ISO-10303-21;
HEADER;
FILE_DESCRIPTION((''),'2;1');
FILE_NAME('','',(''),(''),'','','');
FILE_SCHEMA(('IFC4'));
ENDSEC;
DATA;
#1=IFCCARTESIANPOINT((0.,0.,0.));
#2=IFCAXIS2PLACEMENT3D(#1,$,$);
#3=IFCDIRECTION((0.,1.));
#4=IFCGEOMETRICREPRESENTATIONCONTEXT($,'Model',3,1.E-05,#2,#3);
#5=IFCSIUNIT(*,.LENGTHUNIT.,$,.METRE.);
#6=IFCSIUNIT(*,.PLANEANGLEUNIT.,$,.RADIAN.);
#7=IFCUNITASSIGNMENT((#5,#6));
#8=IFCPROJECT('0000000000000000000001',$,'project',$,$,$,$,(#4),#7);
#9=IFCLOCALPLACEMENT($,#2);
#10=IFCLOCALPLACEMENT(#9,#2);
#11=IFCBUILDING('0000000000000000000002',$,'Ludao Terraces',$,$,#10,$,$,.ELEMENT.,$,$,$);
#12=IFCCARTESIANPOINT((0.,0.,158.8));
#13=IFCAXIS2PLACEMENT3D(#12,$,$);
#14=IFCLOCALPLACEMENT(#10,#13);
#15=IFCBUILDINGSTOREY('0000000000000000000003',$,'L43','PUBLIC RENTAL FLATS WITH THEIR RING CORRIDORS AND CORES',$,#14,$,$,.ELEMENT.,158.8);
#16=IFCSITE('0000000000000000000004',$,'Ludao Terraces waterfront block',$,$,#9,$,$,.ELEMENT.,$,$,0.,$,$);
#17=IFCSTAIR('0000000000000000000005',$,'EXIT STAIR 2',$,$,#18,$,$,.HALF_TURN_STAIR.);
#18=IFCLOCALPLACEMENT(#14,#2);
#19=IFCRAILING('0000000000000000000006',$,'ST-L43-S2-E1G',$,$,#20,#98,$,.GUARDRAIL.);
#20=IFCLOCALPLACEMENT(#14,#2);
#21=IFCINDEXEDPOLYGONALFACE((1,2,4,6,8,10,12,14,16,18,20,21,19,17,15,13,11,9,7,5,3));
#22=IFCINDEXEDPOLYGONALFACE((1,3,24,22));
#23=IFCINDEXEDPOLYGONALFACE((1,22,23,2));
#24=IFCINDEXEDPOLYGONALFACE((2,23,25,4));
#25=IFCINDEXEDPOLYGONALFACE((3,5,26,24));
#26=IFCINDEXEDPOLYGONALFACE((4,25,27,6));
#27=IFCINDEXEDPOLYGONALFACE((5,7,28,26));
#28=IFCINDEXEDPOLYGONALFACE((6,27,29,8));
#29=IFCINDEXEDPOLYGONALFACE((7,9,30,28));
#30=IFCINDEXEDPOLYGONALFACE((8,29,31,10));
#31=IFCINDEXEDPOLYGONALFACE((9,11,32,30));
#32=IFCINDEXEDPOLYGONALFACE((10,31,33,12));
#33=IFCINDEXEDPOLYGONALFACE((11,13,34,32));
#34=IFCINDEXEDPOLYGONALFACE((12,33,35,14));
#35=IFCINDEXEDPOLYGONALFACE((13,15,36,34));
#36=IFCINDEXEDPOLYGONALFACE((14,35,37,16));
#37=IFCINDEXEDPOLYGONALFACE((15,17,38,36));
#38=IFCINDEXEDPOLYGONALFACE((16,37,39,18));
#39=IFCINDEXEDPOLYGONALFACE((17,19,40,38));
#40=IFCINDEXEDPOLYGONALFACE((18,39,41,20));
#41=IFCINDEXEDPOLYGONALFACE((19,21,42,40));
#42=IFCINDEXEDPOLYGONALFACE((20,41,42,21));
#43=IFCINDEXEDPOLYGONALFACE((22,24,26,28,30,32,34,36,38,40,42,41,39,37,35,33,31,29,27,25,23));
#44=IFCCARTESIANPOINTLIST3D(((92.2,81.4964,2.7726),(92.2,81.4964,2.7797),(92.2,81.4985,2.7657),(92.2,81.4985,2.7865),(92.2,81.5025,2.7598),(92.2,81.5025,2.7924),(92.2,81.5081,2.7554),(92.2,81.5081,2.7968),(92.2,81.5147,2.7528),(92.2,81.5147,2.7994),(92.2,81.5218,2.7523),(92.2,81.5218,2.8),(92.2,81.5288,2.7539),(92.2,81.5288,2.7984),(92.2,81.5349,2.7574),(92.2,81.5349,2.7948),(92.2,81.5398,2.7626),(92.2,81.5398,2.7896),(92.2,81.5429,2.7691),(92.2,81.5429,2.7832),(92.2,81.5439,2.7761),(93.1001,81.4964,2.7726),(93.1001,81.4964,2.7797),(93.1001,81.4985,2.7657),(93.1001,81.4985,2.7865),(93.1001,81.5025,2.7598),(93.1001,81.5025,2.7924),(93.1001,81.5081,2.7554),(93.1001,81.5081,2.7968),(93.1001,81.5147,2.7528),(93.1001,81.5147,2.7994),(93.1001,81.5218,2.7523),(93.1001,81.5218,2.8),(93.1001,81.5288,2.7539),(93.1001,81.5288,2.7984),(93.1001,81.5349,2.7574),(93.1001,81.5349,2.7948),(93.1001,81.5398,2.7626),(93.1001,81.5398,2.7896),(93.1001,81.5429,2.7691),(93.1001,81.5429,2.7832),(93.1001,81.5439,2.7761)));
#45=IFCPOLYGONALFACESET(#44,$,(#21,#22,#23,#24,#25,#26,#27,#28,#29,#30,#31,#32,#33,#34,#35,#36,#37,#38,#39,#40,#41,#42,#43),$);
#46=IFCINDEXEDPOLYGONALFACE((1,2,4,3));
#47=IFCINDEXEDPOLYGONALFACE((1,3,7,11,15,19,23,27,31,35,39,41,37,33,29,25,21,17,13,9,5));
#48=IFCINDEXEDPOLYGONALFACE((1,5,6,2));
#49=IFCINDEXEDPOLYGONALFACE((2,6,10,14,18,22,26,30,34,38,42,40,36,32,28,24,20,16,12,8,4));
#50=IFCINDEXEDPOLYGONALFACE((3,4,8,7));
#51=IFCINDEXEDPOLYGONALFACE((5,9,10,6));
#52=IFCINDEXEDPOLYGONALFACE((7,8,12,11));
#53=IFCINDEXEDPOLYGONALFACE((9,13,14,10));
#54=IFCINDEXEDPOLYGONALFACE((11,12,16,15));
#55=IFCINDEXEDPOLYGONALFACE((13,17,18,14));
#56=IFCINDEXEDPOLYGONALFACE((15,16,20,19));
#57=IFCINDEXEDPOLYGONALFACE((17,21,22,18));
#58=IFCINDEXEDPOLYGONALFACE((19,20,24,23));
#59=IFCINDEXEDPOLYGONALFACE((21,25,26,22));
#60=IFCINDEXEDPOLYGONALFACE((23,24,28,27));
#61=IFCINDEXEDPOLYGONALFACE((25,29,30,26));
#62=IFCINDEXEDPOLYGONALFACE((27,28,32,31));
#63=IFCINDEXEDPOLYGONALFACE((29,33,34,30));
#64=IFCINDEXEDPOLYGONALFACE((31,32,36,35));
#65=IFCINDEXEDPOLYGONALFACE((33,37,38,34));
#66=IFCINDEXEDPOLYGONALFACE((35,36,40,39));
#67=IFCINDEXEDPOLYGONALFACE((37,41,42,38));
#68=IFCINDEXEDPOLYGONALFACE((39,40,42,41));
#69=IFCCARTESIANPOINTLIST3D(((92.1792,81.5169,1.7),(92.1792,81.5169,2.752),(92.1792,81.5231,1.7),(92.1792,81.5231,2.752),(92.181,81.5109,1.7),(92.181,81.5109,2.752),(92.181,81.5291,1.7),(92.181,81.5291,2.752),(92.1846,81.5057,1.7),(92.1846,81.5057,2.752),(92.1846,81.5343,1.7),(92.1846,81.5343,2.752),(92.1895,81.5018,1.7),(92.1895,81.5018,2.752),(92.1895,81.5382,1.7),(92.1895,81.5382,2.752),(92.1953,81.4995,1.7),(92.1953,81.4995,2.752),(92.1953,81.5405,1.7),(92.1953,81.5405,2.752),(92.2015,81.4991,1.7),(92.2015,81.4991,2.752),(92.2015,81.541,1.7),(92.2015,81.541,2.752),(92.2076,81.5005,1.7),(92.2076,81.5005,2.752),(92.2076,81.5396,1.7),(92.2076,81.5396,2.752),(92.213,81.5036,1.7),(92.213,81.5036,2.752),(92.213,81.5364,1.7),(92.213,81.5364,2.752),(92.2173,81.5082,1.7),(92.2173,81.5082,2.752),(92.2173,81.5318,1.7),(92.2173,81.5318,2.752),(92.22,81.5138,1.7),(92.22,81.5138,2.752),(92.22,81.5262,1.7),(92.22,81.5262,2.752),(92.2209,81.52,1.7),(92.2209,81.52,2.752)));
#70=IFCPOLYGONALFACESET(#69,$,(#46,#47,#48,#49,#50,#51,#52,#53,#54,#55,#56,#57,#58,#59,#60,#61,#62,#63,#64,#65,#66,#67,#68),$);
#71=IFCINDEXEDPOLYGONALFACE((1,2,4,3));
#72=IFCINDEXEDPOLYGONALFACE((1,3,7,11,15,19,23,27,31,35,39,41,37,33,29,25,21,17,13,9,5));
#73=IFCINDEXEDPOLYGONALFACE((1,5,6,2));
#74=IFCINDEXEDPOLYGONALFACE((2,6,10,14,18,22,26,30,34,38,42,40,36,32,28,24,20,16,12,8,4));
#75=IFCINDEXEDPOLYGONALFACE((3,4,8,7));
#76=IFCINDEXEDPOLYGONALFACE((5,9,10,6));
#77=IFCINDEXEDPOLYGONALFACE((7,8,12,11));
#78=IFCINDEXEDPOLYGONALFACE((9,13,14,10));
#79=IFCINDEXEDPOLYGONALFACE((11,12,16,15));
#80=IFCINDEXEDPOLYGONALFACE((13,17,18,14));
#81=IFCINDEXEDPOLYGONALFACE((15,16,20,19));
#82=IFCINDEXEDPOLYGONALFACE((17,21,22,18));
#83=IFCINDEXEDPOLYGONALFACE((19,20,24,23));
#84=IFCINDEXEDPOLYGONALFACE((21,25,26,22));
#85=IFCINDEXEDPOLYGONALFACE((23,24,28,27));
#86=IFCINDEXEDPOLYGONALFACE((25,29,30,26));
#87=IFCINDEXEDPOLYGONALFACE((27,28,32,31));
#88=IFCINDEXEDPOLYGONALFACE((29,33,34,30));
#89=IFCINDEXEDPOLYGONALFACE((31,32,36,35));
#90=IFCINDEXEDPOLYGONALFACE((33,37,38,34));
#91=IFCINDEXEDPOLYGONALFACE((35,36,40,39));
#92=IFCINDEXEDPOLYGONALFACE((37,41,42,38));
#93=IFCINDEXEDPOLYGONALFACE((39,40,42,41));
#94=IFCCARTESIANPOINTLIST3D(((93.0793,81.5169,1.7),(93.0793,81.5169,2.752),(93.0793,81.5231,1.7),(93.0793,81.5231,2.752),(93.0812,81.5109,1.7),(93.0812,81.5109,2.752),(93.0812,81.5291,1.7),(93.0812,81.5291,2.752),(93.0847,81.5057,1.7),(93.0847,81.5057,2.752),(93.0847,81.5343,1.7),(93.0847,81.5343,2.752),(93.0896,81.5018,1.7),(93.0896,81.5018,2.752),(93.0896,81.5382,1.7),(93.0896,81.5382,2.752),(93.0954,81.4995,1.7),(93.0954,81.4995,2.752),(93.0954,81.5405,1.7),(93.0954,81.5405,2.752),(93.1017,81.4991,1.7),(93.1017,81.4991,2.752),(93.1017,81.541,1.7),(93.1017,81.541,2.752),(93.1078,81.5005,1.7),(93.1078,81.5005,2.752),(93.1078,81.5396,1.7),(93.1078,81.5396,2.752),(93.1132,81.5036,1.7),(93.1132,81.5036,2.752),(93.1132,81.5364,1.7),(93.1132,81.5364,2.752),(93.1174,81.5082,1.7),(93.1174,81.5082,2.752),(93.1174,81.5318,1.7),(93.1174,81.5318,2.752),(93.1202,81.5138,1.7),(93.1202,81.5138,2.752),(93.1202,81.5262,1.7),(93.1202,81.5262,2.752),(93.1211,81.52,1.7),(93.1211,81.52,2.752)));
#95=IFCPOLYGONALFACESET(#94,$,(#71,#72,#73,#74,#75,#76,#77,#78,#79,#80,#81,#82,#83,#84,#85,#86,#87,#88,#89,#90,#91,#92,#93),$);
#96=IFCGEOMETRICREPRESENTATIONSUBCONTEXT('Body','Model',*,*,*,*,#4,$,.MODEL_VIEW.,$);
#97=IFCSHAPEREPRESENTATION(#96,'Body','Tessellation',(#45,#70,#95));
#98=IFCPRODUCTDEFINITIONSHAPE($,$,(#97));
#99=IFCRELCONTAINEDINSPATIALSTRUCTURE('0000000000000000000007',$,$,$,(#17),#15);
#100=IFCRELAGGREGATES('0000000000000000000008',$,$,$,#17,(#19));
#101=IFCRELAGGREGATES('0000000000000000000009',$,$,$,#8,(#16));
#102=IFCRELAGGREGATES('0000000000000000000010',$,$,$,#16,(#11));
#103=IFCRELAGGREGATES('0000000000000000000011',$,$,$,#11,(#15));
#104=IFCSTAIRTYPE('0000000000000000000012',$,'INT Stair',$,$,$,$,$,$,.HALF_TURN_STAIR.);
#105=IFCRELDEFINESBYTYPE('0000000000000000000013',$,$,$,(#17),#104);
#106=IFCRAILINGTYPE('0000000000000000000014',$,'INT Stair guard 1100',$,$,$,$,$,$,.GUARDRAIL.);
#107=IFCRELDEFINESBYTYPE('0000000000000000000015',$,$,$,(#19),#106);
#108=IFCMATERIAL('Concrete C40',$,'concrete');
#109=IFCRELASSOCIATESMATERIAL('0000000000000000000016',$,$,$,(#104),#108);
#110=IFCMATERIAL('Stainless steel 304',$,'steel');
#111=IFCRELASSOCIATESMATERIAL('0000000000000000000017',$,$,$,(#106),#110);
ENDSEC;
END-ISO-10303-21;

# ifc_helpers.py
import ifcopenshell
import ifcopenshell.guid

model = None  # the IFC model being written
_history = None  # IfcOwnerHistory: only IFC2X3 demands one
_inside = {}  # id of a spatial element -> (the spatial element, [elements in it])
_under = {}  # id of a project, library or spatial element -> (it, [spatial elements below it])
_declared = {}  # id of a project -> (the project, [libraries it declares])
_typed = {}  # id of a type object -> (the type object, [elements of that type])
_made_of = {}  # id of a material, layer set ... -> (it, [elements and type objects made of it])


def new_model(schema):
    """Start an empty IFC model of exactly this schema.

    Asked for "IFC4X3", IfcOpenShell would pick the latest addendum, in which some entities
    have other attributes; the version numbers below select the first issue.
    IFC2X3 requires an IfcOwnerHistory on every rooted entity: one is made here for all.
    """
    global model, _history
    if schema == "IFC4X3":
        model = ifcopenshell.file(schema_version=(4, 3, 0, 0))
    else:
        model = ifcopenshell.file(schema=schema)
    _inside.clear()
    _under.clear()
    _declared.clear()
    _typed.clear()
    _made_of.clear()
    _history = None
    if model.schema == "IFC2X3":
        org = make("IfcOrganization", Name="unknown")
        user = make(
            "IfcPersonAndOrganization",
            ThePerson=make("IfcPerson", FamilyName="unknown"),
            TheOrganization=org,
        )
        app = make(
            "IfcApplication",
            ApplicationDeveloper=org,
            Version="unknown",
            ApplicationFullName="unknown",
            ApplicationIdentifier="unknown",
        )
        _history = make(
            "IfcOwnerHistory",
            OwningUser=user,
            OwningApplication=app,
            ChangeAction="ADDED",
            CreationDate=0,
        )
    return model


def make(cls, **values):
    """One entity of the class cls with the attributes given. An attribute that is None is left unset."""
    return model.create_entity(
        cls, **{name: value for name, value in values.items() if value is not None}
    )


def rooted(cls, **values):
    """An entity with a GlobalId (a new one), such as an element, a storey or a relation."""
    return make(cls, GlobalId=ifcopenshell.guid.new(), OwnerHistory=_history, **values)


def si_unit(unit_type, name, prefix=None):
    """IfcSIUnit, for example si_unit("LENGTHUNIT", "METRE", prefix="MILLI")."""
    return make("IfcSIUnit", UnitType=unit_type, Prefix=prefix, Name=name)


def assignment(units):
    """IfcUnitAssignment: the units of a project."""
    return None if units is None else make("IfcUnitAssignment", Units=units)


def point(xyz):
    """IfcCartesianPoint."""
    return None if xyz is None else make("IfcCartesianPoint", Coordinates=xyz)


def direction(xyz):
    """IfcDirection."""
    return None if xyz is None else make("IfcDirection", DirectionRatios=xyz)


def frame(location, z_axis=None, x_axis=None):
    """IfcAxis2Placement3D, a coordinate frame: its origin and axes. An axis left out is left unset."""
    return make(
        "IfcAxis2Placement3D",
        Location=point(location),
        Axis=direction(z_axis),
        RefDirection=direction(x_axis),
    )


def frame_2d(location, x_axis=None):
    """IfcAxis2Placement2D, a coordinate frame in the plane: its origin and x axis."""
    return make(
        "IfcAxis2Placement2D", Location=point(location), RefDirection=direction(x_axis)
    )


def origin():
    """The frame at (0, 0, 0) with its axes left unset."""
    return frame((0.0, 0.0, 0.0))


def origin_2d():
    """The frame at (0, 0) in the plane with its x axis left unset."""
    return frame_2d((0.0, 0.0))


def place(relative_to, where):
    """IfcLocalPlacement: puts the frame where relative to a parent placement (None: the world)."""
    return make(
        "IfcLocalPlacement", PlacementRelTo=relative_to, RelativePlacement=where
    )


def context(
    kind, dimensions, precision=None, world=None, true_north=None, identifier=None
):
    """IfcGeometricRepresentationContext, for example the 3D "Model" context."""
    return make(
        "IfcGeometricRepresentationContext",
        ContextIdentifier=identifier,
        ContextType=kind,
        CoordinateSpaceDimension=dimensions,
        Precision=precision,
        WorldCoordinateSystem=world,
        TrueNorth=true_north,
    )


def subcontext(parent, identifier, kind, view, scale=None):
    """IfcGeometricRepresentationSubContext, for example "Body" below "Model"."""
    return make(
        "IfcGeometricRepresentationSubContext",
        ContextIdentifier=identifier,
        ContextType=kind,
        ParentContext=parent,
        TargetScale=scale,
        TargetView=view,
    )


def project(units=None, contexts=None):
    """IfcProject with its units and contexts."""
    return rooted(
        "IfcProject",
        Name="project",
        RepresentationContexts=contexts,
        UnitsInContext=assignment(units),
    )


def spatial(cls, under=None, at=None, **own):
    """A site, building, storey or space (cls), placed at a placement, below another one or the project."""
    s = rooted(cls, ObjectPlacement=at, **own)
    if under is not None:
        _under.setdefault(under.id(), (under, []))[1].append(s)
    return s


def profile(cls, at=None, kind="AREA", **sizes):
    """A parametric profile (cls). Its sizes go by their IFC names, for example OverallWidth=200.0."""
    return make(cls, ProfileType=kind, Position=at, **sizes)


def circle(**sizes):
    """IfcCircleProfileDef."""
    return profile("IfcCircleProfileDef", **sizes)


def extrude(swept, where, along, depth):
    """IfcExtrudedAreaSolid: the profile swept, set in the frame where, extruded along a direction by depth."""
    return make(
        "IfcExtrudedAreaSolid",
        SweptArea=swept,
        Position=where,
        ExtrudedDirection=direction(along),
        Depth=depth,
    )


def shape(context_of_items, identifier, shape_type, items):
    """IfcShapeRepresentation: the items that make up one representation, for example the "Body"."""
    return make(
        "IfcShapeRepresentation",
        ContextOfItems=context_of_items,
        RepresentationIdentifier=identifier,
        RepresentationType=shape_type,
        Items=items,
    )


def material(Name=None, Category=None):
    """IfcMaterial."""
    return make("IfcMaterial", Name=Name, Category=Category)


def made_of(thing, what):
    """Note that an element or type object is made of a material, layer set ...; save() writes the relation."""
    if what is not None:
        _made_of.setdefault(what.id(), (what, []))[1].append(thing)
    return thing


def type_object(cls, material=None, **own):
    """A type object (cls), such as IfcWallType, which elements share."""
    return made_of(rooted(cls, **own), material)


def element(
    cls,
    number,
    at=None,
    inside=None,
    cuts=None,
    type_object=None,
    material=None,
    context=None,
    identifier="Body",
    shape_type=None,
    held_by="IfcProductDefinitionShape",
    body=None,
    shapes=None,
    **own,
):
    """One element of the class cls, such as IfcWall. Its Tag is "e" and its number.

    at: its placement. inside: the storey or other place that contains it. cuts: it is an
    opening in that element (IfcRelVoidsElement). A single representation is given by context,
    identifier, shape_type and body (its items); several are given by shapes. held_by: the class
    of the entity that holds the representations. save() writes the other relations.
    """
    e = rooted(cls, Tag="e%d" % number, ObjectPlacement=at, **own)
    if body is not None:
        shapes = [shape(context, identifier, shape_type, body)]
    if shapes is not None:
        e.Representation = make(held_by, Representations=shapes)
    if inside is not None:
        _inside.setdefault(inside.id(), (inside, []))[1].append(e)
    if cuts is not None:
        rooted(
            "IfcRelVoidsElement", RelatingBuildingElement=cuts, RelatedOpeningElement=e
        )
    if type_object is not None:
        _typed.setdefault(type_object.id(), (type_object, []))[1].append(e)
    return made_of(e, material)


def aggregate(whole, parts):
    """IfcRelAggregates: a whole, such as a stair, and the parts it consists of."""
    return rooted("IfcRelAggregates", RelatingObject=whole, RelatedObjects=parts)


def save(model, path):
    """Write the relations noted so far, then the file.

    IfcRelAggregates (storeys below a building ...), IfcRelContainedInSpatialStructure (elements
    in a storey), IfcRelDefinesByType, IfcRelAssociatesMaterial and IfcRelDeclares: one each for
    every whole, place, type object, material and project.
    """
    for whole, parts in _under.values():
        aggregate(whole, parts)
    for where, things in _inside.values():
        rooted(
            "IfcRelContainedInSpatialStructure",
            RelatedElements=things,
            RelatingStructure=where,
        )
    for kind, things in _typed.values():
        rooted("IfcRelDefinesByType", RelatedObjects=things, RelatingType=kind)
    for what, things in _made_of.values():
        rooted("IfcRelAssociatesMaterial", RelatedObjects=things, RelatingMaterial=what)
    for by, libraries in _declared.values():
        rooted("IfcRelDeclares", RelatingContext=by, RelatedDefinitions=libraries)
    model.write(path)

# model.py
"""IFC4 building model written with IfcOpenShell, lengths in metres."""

from ifc_helpers import new_model, si_unit, direction, frame, origin, origin_2d, place, context, subcontext, project, spatial, circle, extrude, material, type_object, element, aggregate, save


model = new_model("IFC4")

# Units and contexts
model_context = context("Model", 3, precision=1e-05, world=origin(), true_north=direction((0.0, 1.0)))
body_context = subcontext(model_context, "Body", "Model", "MODEL_VIEW")
ifc_project = project(units=[si_unit("LENGTHUNIT", "METRE"), si_unit("PLANEANGLEUNIT", "RADIAN")], contexts=[model_context])

# Site, building, storey
site_placement = place(None, origin())
site = spatial("IfcSite", under=ifc_project, at=site_placement, Name="Ludao Terraces waterfront block", CompositionType="ELEMENT", RefElevation=0.0)
building_placement = place(site_placement, origin())
building = spatial("IfcBuilding", under=site, at=building_placement, Name="Ludao Terraces", CompositionType="ELEMENT")
storey_placement = place(building_placement, frame((0.0, 0.0, 158.8)))
storey = spatial("IfcBuildingStorey", under=building, at=storey_placement, Name="L43", Description="PUBLIC RENTAL FLATS WITH THEIR RING CORRIDORS AND CORES", CompositionType="ELEMENT", Elevation=158.8)

# Shared definitions
ifc_material_1 = material(Name="Stainless steel 304", Category="steel")

# Stair, railing
ifc_material_2 = material(Name="Concrete C40", Category="concrete")
stair_type = type_object("IfcStairType", Name="INT Stair", PredefinedType="HALF_TURN_STAIR", material=ifc_material_2)
stair_placement = place(storey_placement, origin())
stair = element("IfcStair", 1, at=stair_placement, inside=storey, type_object=stair_type, Name="EXIT STAIR 2", PredefinedType="HALF_TURN_STAIR")
railing_type = type_object("IfcRailingType", Name="INT Stair guard 1100", PredefinedType="GUARDRAIL", material=ifc_material_1)
railing_1_placement = place(storey_placement, frame((92.2, 81.52, 1.7)))
railing_1 = element("IfcRailing", 2, at=railing_1_placement, type_object=railing_type, Name="ST-L43-S2-E1G", PredefinedType="GUARDRAIL", context=body_context, shape_type="SweptSolid", body=[
    extrude(circle(Radius=0.0239, at=origin_2d()), frame((0.0, 0.0, 1.0762), z_axis=(1.0, 0.0, 0.0), x_axis=(0.0, 1.0, 0.0)), (0.0, 0.0, 1.0), 0.9001),
    extrude(circle(Radius=0.021, at=origin_2d()), origin(), (0.0, 0.0, 1.0), 1.052),
    extrude(circle(Radius=0.021, at=origin_2d()), frame((0.9001, 0.0, 0.0)), (0.0, 0.0, 1.0), 1.052),
])
aggregate(stair, [railing_1])

save(model, "model.ifc")
